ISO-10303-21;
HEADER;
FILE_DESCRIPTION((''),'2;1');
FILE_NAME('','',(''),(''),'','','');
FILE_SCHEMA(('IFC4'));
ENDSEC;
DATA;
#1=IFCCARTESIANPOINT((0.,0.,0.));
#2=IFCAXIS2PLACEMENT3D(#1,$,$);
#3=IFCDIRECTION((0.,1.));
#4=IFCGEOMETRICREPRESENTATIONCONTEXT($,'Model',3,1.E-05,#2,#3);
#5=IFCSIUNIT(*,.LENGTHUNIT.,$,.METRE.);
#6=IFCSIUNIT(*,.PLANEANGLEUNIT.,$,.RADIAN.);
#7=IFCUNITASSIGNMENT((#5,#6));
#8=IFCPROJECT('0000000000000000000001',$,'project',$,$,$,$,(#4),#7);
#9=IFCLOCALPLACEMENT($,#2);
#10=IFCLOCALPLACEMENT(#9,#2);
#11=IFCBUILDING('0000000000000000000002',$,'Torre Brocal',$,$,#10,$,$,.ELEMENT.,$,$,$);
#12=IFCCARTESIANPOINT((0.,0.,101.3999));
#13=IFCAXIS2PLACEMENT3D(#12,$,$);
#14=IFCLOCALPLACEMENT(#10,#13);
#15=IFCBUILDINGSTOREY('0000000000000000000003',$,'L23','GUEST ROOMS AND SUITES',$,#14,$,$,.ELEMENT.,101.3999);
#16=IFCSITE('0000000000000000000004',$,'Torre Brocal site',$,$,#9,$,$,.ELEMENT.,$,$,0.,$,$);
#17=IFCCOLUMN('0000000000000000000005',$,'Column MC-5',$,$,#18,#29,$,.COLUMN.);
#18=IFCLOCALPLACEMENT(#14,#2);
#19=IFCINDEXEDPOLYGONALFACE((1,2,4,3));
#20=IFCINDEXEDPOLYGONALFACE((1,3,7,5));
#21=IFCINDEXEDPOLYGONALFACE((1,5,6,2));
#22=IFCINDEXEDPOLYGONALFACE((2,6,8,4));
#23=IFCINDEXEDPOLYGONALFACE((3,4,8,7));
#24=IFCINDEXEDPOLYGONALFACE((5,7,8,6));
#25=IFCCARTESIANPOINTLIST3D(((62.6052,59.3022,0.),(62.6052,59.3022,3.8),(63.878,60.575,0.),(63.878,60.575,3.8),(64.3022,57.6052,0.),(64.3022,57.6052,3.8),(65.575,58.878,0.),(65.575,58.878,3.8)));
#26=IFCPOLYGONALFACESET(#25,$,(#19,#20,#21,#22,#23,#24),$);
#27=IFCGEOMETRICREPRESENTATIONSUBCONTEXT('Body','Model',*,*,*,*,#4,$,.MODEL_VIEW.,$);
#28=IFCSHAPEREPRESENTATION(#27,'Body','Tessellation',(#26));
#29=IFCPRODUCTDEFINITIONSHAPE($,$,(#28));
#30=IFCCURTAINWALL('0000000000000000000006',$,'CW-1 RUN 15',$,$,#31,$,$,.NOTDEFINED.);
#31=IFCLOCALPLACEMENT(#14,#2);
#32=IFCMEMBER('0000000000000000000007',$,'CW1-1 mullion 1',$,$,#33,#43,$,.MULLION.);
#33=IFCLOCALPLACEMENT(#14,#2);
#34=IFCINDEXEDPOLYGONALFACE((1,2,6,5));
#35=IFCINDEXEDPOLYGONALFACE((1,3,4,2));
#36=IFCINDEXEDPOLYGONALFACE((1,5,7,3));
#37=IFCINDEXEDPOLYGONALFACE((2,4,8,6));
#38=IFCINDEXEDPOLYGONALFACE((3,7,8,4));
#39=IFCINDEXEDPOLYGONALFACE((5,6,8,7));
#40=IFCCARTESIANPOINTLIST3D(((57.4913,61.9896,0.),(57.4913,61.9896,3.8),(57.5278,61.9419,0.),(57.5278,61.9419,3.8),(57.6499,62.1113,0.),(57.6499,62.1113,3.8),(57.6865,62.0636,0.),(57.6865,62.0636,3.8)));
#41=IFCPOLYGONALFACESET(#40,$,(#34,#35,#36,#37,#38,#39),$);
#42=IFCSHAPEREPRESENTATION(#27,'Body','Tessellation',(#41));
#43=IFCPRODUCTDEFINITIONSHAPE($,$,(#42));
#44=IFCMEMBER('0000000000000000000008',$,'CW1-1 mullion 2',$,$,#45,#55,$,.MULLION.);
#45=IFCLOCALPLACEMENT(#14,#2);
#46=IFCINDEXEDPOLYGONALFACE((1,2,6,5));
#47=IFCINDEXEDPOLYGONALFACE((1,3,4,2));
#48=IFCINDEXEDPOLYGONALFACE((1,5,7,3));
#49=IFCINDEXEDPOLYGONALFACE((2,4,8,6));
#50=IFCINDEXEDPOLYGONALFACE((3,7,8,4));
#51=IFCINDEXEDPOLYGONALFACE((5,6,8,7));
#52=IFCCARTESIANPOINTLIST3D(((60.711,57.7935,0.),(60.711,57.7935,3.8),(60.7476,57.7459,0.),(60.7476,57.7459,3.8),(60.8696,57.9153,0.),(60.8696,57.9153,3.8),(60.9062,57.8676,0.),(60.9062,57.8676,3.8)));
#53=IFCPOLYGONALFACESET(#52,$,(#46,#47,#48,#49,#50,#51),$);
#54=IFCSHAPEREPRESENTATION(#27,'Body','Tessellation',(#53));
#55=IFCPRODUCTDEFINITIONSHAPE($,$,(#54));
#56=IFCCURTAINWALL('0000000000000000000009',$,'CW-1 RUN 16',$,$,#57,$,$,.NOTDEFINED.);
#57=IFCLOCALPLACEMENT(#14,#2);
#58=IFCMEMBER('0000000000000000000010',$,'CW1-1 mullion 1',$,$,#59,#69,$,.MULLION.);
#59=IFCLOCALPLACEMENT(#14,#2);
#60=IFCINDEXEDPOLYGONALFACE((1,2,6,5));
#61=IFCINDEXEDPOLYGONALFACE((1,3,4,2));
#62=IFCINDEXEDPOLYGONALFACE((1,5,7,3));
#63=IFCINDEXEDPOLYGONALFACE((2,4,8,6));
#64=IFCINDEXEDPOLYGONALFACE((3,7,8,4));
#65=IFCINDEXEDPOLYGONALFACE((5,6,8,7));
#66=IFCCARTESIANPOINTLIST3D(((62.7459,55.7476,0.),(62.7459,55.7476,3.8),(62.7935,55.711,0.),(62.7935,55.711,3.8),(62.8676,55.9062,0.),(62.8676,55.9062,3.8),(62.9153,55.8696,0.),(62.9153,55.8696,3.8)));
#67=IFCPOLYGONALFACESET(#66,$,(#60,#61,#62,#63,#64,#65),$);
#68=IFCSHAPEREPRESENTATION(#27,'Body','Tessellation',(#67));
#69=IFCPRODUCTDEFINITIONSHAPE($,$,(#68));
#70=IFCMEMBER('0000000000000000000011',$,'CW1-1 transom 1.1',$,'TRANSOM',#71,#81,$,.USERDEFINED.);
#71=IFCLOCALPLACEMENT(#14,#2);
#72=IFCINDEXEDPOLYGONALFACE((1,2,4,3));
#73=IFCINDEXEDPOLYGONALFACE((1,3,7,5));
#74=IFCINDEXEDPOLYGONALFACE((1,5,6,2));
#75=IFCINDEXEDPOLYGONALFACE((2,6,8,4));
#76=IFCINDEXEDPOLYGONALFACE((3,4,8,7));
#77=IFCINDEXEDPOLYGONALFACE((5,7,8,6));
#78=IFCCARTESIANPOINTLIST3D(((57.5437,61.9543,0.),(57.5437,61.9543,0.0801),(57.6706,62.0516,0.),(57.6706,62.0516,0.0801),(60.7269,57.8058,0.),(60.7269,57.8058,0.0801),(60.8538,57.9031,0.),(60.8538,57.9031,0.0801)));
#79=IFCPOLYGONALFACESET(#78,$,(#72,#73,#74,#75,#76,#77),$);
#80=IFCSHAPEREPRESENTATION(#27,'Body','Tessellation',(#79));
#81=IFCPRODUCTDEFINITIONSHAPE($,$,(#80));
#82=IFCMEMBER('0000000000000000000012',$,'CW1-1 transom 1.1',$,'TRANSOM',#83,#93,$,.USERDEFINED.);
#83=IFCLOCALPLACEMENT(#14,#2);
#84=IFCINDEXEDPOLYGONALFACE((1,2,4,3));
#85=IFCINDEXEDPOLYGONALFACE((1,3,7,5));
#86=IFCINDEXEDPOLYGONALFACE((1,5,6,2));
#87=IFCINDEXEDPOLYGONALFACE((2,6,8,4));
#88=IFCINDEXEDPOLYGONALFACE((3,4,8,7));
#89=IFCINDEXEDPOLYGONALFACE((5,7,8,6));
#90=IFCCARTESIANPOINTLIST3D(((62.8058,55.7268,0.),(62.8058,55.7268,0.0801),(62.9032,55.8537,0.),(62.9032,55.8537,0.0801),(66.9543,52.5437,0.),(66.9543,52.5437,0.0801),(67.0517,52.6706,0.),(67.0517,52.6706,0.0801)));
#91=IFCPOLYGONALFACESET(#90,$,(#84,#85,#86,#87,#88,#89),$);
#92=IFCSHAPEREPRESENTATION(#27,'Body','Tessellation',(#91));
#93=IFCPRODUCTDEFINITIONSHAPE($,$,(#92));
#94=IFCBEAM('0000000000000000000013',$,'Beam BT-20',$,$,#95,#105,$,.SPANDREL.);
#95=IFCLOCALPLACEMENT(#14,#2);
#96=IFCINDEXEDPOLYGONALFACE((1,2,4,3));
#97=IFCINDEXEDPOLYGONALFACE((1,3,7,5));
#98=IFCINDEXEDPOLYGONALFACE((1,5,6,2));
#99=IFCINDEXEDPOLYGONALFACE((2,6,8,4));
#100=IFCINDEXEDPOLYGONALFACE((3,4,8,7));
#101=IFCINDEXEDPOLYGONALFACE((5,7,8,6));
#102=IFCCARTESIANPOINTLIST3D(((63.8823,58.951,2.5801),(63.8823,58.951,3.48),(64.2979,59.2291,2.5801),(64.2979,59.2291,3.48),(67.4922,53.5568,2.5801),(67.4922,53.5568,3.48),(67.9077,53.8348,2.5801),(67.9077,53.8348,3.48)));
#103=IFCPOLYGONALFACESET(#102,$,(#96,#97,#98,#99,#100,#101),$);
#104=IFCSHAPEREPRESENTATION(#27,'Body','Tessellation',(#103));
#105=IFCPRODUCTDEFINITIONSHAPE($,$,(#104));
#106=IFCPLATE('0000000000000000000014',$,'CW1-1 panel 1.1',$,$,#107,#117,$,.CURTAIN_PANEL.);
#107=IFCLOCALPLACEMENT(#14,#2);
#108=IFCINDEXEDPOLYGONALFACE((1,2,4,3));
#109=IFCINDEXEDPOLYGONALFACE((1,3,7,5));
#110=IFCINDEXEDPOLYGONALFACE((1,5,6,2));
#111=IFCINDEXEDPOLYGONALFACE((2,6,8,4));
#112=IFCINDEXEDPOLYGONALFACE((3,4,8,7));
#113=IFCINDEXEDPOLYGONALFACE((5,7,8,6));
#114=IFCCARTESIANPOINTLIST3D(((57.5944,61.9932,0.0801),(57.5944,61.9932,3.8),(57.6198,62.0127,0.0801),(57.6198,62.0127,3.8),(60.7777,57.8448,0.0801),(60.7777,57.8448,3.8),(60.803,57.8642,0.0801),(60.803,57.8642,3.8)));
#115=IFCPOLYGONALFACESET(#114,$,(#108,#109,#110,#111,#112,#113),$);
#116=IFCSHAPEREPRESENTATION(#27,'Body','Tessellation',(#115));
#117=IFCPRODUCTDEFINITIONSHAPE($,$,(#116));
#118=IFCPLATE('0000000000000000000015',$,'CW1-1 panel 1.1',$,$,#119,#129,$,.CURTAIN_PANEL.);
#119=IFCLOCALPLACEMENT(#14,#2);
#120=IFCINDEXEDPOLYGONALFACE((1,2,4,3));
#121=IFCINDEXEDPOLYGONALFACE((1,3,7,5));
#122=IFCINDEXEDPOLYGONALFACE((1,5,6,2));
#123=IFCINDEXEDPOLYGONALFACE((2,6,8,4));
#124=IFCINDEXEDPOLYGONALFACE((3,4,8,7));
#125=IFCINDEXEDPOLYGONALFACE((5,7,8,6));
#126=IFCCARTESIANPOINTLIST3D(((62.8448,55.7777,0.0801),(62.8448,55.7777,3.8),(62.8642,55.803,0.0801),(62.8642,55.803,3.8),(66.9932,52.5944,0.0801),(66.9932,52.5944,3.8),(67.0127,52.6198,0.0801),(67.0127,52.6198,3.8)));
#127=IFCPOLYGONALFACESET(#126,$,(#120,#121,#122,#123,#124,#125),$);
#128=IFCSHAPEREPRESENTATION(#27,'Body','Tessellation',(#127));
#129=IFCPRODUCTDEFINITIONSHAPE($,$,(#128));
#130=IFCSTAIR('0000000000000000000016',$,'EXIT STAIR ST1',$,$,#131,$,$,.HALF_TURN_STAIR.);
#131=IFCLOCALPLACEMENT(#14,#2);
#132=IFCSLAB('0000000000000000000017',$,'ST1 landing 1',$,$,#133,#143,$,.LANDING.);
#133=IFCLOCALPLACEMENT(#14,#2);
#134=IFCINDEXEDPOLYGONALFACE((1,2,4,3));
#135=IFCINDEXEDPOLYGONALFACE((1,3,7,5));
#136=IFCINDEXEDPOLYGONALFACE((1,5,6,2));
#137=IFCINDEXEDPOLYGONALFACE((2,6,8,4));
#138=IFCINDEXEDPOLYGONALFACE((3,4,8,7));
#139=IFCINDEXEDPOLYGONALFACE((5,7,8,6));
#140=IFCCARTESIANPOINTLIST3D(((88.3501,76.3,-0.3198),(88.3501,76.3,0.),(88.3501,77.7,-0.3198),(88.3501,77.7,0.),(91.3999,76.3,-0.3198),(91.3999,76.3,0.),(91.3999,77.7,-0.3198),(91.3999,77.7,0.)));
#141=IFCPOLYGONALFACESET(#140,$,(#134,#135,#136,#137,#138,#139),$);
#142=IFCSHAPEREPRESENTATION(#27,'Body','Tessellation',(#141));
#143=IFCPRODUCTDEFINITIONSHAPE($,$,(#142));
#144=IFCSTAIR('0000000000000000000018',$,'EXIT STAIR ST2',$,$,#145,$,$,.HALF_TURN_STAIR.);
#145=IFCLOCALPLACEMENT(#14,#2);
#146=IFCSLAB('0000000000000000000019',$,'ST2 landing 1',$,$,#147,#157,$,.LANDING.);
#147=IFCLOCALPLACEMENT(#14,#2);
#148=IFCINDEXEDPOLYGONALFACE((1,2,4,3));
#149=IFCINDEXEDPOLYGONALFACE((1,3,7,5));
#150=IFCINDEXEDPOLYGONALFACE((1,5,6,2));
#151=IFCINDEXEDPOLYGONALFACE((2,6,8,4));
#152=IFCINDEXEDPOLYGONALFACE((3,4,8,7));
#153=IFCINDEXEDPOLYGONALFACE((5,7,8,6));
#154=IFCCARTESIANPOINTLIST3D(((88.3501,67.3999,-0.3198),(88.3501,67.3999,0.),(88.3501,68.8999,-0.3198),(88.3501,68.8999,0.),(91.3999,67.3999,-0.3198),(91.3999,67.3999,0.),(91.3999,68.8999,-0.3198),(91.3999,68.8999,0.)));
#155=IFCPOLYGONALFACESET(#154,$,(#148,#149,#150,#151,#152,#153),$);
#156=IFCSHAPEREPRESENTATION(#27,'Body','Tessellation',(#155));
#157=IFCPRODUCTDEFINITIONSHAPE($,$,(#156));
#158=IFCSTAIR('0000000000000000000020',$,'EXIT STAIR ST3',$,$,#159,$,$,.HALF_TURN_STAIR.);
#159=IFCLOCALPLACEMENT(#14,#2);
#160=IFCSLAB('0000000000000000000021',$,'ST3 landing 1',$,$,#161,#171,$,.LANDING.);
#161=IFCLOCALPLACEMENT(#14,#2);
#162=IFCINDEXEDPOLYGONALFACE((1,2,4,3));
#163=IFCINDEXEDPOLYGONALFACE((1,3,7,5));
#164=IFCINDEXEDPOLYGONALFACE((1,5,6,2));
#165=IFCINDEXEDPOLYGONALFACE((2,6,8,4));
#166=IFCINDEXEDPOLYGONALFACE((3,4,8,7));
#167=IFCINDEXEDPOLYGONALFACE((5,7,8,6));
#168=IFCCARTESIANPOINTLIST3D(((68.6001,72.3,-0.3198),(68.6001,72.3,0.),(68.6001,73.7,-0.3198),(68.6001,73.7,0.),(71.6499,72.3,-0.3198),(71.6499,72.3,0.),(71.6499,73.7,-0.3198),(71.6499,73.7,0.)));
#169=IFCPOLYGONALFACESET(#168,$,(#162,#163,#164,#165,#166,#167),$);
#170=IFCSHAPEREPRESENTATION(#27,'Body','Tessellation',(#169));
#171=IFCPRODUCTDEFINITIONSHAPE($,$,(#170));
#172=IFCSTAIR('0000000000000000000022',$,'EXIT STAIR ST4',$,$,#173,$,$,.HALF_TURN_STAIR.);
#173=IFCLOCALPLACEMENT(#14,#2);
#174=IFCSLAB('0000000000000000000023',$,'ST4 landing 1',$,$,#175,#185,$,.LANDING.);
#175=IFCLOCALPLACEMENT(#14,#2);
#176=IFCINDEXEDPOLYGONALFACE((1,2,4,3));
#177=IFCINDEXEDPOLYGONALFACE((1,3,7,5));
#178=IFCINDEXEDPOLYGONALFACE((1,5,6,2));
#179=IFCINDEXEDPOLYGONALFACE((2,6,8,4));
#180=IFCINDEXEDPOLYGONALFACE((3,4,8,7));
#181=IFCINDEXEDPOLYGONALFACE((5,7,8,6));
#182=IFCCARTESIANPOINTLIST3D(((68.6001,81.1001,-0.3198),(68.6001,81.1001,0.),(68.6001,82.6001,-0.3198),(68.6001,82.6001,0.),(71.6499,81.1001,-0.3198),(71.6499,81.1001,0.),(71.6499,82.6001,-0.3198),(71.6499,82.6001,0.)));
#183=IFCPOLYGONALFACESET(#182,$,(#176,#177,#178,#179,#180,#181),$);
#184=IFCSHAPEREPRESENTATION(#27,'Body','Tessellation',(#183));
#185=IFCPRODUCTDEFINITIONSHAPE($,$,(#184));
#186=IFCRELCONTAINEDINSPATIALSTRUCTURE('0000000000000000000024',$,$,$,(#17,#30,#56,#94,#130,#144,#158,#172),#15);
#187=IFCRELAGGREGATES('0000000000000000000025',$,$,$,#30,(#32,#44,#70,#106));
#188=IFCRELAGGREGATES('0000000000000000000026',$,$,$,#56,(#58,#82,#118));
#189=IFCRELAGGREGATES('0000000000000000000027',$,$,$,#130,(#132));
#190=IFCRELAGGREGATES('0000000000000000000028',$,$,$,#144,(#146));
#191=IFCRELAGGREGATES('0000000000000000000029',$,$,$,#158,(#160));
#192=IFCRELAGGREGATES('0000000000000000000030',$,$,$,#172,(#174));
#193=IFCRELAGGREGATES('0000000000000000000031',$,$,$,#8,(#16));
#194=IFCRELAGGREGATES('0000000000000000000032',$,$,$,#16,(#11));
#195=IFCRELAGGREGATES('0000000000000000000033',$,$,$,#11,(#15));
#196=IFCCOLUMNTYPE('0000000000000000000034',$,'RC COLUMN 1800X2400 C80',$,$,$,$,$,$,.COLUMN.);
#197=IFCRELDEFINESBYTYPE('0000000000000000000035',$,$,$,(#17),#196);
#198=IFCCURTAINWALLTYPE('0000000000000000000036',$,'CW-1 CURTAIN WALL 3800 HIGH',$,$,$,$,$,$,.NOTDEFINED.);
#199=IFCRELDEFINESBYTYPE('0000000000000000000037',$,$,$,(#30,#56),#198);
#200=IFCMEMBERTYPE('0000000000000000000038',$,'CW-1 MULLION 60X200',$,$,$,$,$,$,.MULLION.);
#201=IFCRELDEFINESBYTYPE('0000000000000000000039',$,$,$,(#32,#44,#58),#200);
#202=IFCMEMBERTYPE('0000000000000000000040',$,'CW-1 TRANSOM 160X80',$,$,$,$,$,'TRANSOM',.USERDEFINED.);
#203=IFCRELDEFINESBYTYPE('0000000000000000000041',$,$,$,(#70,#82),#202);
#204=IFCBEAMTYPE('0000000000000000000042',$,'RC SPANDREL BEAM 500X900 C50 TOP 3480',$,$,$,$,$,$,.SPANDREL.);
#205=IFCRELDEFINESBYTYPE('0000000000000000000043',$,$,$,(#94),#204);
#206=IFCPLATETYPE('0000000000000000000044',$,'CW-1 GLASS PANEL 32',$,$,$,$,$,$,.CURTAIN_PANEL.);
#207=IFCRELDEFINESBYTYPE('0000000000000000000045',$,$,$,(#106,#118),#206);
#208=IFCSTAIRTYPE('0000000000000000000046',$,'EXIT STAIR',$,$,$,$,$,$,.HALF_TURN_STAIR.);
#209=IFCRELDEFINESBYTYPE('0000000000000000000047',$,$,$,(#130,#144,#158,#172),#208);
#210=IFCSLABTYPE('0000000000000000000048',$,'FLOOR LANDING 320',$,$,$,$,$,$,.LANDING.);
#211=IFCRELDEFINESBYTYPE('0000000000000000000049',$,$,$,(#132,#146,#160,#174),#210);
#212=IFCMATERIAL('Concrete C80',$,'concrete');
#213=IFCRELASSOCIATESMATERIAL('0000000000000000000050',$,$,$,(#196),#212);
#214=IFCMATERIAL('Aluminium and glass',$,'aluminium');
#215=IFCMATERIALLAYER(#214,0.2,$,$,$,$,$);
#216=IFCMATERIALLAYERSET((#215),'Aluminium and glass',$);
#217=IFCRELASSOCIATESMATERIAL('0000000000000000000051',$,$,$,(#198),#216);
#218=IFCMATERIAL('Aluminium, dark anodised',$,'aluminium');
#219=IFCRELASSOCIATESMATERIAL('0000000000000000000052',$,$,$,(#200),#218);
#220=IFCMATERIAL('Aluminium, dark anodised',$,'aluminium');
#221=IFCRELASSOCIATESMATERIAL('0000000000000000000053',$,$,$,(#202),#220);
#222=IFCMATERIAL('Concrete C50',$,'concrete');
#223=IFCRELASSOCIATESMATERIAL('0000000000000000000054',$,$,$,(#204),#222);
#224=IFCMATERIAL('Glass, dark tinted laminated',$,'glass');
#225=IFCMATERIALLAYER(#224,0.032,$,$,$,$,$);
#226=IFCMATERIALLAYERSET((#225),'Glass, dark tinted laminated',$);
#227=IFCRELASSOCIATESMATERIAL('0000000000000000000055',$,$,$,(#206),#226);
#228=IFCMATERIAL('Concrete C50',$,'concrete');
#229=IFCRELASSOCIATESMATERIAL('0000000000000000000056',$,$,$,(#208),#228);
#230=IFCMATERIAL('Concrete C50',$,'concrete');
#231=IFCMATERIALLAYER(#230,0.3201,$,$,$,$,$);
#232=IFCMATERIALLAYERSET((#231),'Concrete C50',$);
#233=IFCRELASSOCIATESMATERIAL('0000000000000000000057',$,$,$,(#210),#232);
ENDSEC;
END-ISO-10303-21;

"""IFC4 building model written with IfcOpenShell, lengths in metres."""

from ifc_helpers import new_model, si_unit, direction, frame, origin, origin_2d, place, context, subcontext, project, spatial, polyline, rectangle, outline, extrude, material, layer, layer_set, material_profile, profile_set, type_object, element, aggregate, save


model = new_model("IFC4")

# Units and contexts
model_context = context("Model", 3, precision=1e-05, world=origin(), true_north=direction((0.0, 1.0)))
body_context = subcontext(model_context, "Body", "Model", "MODEL_VIEW")
ifc_project = project(units=[si_unit("LENGTHUNIT", "METRE"), si_unit("PLANEANGLEUNIT", "RADIAN")], contexts=[model_context])

# Site, building, storey
site_placement = place(None, origin())
site = spatial("IfcSite", under=ifc_project, at=site_placement, Name="Torre Brocal site", CompositionType="ELEMENT", RefElevation=0.0)
building_placement = place(site_placement, origin())
building = spatial("IfcBuilding", under=site, at=building_placement, Name="Torre Brocal", CompositionType="ELEMENT")
storey_placement = place(building_placement, frame((0.0, 0.0, 101.3999)))
storey = spatial("IfcBuildingStorey", under=building, at=storey_placement, Name="L23", Description="GUEST ROOMS AND SUITES", CompositionType="ELEMENT", Elevation=101.3999)

# Column
ifc_material_1 = material(Name="Concrete C80", Category="concrete")
ifc_material_profile_1 = material_profile(ifc_material_1, rectangle(XDim=1.8, YDim=2.3999, at=origin_2d()), Name="RC 1800X2400")
ifc_profile_set_1 = profile_set([ifc_material_profile_1], Name="Concrete C80")
column_type = type_object("IfcColumnType", Name="RC COLUMN 1800X2400 C80", PredefinedType="COLUMN", material=ifc_profile_set_1)
column_placement = place(storey_placement, frame((64.0901, 59.0901, 0.0), z_axis=(0.0, 0.0, 1.0), x_axis=(-0.707107, -0.707107, 0.0)))
element("IfcColumn", 1, at=column_placement, inside=storey, type_object=column_type, Name="Column MC-5", PredefinedType="COLUMN", context=body_context, shape_type="SweptSolid", body=[
    extrude(rectangle(XDim=1.8, YDim=2.3999, at=origin_2d()), origin(), (0.0, 0.0, 1.0), 3.8),
])

# Curtain wall, members
ifc_material_2 = material(Name="Aluminium and glass", Category="aluminium")
ifc_layer_1 = layer(ifc_material_2, 0.2)
ifc_layer_set_1 = layer_set([ifc_layer_1], Name="Aluminium and glass")
curtain_wall_type = type_object("IfcCurtainWallType", Name="CW-1 CURTAIN WALL 3800 HIGH", PredefinedType="NOTDEFINED", material=ifc_layer_set_1)
curtain_wall_1_placement = place(storey_placement, origin())
curtain_wall_1 = element("IfcCurtainWall", 2, at=curtain_wall_1_placement, inside=storey, type_object=curtain_wall_type, Name="CW-1 RUN 15", PredefinedType="NOTDEFINED")
ifc_material_3 = material(Name="Aluminium, dark anodised", Category="aluminium")
ifc_material_profile_2 = material_profile(ifc_material_3, rectangle(XDim=0.2, YDim=0.0601, at=origin_2d()), Name="CW-1 MULLION 60X200")
ifc_profile_set_2 = profile_set([ifc_material_profile_2], Name="Aluminium, dark anodised")
member_type_1 = type_object("IfcMemberType", Name="CW-1 MULLION 60X200", PredefinedType="MULLION", material=ifc_profile_set_2)
member_1_placement = place(storey_placement, frame((57.5889, 62.0266, 0.0), z_axis=(0.0, 0.0, 1.0), x_axis=(0.793353, 0.608761, 0.0)))
member_1 = element("IfcMember", 3, at=member_1_placement, type_object=member_type_1, Name="CW1-1 mullion 1", PredefinedType="MULLION", context=body_context, shape_type="SweptSolid", body=[
    extrude(rectangle(XDim=0.2, YDim=0.0601, at=origin_2d()), origin(), (0.0, 0.0, 1.0), 3.8),
])
member_2_placement = place(storey_placement, frame((60.8086, 57.8306, 0.0), z_axis=(0.0, 0.0, 1.0), x_axis=(0.793353, 0.608761, 0.0)))
member_2 = element("IfcMember", 4, at=member_2_placement, type_object=member_type_1, Name="CW1-1 mullion 2", PredefinedType="MULLION", context=body_context, shape_type="SweptSolid", body=[
    extrude(rectangle(XDim=0.2, YDim=0.0601, at=origin_2d()), origin(), (0.0, 0.0, 1.0), 3.8),
])

# Curtain wall, member
curtain_wall_2_placement = place(storey_placement, origin())
curtain_wall_2 = element("IfcCurtainWall", 5, at=curtain_wall_2_placement, inside=storey, type_object=curtain_wall_type, Name="CW-1 RUN 16", PredefinedType="NOTDEFINED")
member_3_placement = place(storey_placement, frame((62.8306, 55.8086, 0.0), z_axis=(0.0, 0.0, 1.0), x_axis=(0.608761, 0.793353, 0.0)))
member_3 = element("IfcMember", 6, at=member_3_placement, type_object=member_type_1, Name="CW1-1 mullion 1", PredefinedType="MULLION", context=body_context, shape_type="SweptSolid", body=[
    extrude(rectangle(XDim=0.2, YDim=0.0601, at=origin_2d()), origin(), (0.0, 0.0, 1.0), 3.8),
])

# Members
ifc_material_4 = material(Name="Aluminium, dark anodised", Category="aluminium")
ifc_material_profile_3 = material_profile(ifc_material_4, rectangle(XDim=0.1599, YDim=0.0801, at=origin_2d()), Name="CW-1 TRANSOM 160X80")
ifc_profile_set_3 = profile_set([ifc_material_profile_3], Name="Aluminium, dark anodised")
member_type_2 = type_object("IfcMemberType", Name="CW-1 TRANSOM 160X80", ElementType="TRANSOM", PredefinedType="USERDEFINED", material=ifc_profile_set_3)
member_4_placement = place(storey_placement, frame((57.6072, 62.0029, 0.04), z_axis=(0.608749, -0.793363, 0.0), x_axis=(0.793363, 0.608749, 0.0)))
member_4 = element("IfcMember", 7, at=member_4_placement, type_object=member_type_2, Name="CW1-1 transom 1.1", ObjectType="TRANSOM", PredefinedType="USERDEFINED", context=body_context, shape_type="SweptSolid", body=[
    extrude(rectangle(XDim=0.1599, YDim=0.0801, at=origin_2d()), origin(), (0.0, 0.0, 1.0), 5.229),
])
member_5_placement = place(storey_placement, frame((62.8545, 55.7903, 0.04), z_axis=(0.793363, -0.608749, 0.0), x_axis=(0.608749, 0.793363, 0.0)))
member_5 = element("IfcMember", 8, at=member_5_placement, type_object=member_type_2, Name="CW1-1 transom 1.1", ObjectType="TRANSOM", PredefinedType="USERDEFINED", context=body_context, shape_type="SweptSolid", body=[
    extrude(rectangle(XDim=0.1599, YDim=0.0801, at=origin_2d()), origin(), (0.0, 0.0, 1.0), 5.229),
])

# Beam
ifc_material_5 = material(Name="Concrete C50", Category="concrete")
ifc_material_profile_4 = material_profile(ifc_material_5, rectangle(XDim=0.5, YDim=0.8999, at=origin_2d()), Name="RC 500X900")
ifc_profile_set_4 = profile_set([ifc_material_profile_4], Name="Concrete C50")
beam_type = type_object("IfcBeamType", Name="RC SPANDREL BEAM 500X900 C50 TOP 3480", PredefinedType="SPANDREL", material=ifc_profile_set_4)
beam_placement = place(storey_placement, frame((64.0901, 59.0901, 3.03), z_axis=(0.556158, -0.831077, 0.0), x_axis=(0.831077, 0.556158, 0.0)))
element("IfcBeam", 9, at=beam_placement, inside=storey, type_object=beam_type, Name="Beam BT-20", PredefinedType="SPANDREL", context=body_context, shape_type="SweptSolid", body=[
    extrude(rectangle(XDim=0.5, YDim=0.8999, at=origin_2d()), origin(), (0.0, 0.0, 1.0), 6.4907),
])

# Plates
ifc_material_6 = material(Name="Glass, dark tinted laminated", Category="glass")
ifc_layer_2 = layer(ifc_material_6, 0.032)
ifc_layer_set_2 = layer_set([ifc_layer_2], Name="Glass, dark tinted laminated")
plate_type = type_object("IfcPlateType", Name="CW-1 GLASS PANEL 32", PredefinedType="CURTAIN_PANEL", material=ifc_layer_set_2)
plate_1_placement = place(storey_placement, frame((59.1987, 59.9287, 0.0801), z_axis=(0.0, 0.0, 1.0), x_axis=(0.608761, -0.793353, 0.0)))
plate_1 = element("IfcPlate", 10, at=plate_1_placement, type_object=plate_type, Name="CW1-1 panel 1.1", PredefinedType="CURTAIN_PANEL", context=body_context, shape_type="SweptSolid", body=[
    extrude(rectangle(XDim=5.229, YDim=0.032, at=origin_2d()), origin(), (0.0, 0.0, 1.0), 3.72),
])
aggregate(curtain_wall_1, [member_1, member_2, member_4, plate_1])
plate_2_placement = place(storey_placement, frame((64.9287, 54.1987, 0.0801), z_axis=(0.0, 0.0, 1.0), x_axis=(0.793353, -0.608761, 0.0)))
plate_2 = element("IfcPlate", 11, at=plate_2_placement, type_object=plate_type, Name="CW1-1 panel 1.1", PredefinedType="CURTAIN_PANEL", context=body_context, shape_type="SweptSolid", body=[
    extrude(rectangle(XDim=5.229, YDim=0.032, at=origin_2d()), origin(), (0.0, 0.0, 1.0), 3.72),
])
aggregate(curtain_wall_2, [member_3, member_5, plate_2])

# Stairs, slabs
ifc_material_7 = material(Name="Concrete C50", Category="concrete")
stair_type = type_object("IfcStairType", Name="EXIT STAIR", PredefinedType="HALF_TURN_STAIR", material=ifc_material_7)
stair_1_placement = place(storey_placement, origin())
stair_1 = element("IfcStair", 12, at=stair_1_placement, inside=storey, type_object=stair_type, Name="EXIT STAIR ST1", PredefinedType="HALF_TURN_STAIR")
ifc_material_8 = material(Name="Concrete C50", Category="concrete")
ifc_layer_3 = layer(ifc_material_8, 0.3201)
ifc_layer_set_3 = layer_set([ifc_layer_3], Name="Concrete C50")
slab_type_1 = type_object("IfcSlabType", Name="FLOOR LANDING 320", PredefinedType="LANDING", material=ifc_layer_set_3)
slab_1_placement = place(storey_placement, frame((0.0, 0.0, -0.3198)))
slab_1 = element("IfcSlab", 13, at=slab_1_placement, type_object=slab_type_1, Name="ST1 landing 1", PredefinedType="LANDING", context=body_context, shape_type="SweptSolid", body=[
    extrude(outline(polyline([(88.3501, 76.3), (91.3999, 76.3), (91.3999, 77.7), (88.3501, 77.7), (88.3501, 76.3)])), origin(), (0.0, 0.0, 1.0), 0.3198),
])
stair_2_placement = place(storey_placement, origin())
stair_2 = element("IfcStair", 14, at=stair_2_placement, inside=storey, type_object=stair_type, Name="EXIT STAIR ST2", PredefinedType="HALF_TURN_STAIR")
slab_2_placement = place(storey_placement, frame((0.0, 0.0, -0.3198)))
slab_2 = element("IfcSlab", 15, at=slab_2_placement, type_object=slab_type_1, Name="ST2 landing 1", PredefinedType="LANDING", context=body_context, shape_type="SweptSolid", body=[
    extrude(outline(polyline([(88.3501, 67.3999), (91.3999, 67.3999), (91.3999, 68.8999), (88.3501, 68.8999), (88.3501, 67.3999)])), origin(), (0.0, 0.0, 1.0), 0.3198),
])
stair_3_placement = place(storey_placement, origin())
stair_3 = element("IfcStair", 16, at=stair_3_placement, inside=storey, type_object=stair_type, Name="EXIT STAIR ST3", PredefinedType="HALF_TURN_STAIR")
slab_3_placement = place(storey_placement, frame((0.0, 0.0, -0.3198)))
slab_3 = element("IfcSlab", 17, at=slab_3_placement, type_object=slab_type_1, Name="ST3 landing 1", PredefinedType="LANDING", context=body_context, shape_type="SweptSolid", body=[
    extrude(outline(polyline([(71.6499, 73.7), (68.6001, 73.7), (68.6001, 72.3), (71.6499, 72.3), (71.6499, 73.7)])), origin(), (0.0, 0.0, 1.0), 0.3198),
])
stair_4_placement = place(storey_placement, origin())
stair_4 = element("IfcStair", 18, at=stair_4_placement, inside=storey, type_object=stair_type, Name="EXIT STAIR ST4", PredefinedType="HALF_TURN_STAIR")
slab_4_placement = place(storey_placement, frame((0.0, 0.0, -0.3198)))
slab_4 = element("IfcSlab", 19, at=slab_4_placement, type_object=slab_type_1, Name="ST4 landing 1", PredefinedType="LANDING", context=body_context, shape_type="SweptSolid", body=[
    extrude(outline(polyline([(71.6499, 82.6001), (68.6001, 82.6001), (68.6001, 81.1001), (71.6499, 81.1001), (71.6499, 82.6001)])), origin(), (0.0, 0.0, 1.0), 0.3198),
])

aggregate(stair_1, [slab_1])
aggregate(stair_2, [slab_2])
aggregate(stair_3, [slab_3])
aggregate(stair_4, [slab_4])

save(model, "model.ifc")
